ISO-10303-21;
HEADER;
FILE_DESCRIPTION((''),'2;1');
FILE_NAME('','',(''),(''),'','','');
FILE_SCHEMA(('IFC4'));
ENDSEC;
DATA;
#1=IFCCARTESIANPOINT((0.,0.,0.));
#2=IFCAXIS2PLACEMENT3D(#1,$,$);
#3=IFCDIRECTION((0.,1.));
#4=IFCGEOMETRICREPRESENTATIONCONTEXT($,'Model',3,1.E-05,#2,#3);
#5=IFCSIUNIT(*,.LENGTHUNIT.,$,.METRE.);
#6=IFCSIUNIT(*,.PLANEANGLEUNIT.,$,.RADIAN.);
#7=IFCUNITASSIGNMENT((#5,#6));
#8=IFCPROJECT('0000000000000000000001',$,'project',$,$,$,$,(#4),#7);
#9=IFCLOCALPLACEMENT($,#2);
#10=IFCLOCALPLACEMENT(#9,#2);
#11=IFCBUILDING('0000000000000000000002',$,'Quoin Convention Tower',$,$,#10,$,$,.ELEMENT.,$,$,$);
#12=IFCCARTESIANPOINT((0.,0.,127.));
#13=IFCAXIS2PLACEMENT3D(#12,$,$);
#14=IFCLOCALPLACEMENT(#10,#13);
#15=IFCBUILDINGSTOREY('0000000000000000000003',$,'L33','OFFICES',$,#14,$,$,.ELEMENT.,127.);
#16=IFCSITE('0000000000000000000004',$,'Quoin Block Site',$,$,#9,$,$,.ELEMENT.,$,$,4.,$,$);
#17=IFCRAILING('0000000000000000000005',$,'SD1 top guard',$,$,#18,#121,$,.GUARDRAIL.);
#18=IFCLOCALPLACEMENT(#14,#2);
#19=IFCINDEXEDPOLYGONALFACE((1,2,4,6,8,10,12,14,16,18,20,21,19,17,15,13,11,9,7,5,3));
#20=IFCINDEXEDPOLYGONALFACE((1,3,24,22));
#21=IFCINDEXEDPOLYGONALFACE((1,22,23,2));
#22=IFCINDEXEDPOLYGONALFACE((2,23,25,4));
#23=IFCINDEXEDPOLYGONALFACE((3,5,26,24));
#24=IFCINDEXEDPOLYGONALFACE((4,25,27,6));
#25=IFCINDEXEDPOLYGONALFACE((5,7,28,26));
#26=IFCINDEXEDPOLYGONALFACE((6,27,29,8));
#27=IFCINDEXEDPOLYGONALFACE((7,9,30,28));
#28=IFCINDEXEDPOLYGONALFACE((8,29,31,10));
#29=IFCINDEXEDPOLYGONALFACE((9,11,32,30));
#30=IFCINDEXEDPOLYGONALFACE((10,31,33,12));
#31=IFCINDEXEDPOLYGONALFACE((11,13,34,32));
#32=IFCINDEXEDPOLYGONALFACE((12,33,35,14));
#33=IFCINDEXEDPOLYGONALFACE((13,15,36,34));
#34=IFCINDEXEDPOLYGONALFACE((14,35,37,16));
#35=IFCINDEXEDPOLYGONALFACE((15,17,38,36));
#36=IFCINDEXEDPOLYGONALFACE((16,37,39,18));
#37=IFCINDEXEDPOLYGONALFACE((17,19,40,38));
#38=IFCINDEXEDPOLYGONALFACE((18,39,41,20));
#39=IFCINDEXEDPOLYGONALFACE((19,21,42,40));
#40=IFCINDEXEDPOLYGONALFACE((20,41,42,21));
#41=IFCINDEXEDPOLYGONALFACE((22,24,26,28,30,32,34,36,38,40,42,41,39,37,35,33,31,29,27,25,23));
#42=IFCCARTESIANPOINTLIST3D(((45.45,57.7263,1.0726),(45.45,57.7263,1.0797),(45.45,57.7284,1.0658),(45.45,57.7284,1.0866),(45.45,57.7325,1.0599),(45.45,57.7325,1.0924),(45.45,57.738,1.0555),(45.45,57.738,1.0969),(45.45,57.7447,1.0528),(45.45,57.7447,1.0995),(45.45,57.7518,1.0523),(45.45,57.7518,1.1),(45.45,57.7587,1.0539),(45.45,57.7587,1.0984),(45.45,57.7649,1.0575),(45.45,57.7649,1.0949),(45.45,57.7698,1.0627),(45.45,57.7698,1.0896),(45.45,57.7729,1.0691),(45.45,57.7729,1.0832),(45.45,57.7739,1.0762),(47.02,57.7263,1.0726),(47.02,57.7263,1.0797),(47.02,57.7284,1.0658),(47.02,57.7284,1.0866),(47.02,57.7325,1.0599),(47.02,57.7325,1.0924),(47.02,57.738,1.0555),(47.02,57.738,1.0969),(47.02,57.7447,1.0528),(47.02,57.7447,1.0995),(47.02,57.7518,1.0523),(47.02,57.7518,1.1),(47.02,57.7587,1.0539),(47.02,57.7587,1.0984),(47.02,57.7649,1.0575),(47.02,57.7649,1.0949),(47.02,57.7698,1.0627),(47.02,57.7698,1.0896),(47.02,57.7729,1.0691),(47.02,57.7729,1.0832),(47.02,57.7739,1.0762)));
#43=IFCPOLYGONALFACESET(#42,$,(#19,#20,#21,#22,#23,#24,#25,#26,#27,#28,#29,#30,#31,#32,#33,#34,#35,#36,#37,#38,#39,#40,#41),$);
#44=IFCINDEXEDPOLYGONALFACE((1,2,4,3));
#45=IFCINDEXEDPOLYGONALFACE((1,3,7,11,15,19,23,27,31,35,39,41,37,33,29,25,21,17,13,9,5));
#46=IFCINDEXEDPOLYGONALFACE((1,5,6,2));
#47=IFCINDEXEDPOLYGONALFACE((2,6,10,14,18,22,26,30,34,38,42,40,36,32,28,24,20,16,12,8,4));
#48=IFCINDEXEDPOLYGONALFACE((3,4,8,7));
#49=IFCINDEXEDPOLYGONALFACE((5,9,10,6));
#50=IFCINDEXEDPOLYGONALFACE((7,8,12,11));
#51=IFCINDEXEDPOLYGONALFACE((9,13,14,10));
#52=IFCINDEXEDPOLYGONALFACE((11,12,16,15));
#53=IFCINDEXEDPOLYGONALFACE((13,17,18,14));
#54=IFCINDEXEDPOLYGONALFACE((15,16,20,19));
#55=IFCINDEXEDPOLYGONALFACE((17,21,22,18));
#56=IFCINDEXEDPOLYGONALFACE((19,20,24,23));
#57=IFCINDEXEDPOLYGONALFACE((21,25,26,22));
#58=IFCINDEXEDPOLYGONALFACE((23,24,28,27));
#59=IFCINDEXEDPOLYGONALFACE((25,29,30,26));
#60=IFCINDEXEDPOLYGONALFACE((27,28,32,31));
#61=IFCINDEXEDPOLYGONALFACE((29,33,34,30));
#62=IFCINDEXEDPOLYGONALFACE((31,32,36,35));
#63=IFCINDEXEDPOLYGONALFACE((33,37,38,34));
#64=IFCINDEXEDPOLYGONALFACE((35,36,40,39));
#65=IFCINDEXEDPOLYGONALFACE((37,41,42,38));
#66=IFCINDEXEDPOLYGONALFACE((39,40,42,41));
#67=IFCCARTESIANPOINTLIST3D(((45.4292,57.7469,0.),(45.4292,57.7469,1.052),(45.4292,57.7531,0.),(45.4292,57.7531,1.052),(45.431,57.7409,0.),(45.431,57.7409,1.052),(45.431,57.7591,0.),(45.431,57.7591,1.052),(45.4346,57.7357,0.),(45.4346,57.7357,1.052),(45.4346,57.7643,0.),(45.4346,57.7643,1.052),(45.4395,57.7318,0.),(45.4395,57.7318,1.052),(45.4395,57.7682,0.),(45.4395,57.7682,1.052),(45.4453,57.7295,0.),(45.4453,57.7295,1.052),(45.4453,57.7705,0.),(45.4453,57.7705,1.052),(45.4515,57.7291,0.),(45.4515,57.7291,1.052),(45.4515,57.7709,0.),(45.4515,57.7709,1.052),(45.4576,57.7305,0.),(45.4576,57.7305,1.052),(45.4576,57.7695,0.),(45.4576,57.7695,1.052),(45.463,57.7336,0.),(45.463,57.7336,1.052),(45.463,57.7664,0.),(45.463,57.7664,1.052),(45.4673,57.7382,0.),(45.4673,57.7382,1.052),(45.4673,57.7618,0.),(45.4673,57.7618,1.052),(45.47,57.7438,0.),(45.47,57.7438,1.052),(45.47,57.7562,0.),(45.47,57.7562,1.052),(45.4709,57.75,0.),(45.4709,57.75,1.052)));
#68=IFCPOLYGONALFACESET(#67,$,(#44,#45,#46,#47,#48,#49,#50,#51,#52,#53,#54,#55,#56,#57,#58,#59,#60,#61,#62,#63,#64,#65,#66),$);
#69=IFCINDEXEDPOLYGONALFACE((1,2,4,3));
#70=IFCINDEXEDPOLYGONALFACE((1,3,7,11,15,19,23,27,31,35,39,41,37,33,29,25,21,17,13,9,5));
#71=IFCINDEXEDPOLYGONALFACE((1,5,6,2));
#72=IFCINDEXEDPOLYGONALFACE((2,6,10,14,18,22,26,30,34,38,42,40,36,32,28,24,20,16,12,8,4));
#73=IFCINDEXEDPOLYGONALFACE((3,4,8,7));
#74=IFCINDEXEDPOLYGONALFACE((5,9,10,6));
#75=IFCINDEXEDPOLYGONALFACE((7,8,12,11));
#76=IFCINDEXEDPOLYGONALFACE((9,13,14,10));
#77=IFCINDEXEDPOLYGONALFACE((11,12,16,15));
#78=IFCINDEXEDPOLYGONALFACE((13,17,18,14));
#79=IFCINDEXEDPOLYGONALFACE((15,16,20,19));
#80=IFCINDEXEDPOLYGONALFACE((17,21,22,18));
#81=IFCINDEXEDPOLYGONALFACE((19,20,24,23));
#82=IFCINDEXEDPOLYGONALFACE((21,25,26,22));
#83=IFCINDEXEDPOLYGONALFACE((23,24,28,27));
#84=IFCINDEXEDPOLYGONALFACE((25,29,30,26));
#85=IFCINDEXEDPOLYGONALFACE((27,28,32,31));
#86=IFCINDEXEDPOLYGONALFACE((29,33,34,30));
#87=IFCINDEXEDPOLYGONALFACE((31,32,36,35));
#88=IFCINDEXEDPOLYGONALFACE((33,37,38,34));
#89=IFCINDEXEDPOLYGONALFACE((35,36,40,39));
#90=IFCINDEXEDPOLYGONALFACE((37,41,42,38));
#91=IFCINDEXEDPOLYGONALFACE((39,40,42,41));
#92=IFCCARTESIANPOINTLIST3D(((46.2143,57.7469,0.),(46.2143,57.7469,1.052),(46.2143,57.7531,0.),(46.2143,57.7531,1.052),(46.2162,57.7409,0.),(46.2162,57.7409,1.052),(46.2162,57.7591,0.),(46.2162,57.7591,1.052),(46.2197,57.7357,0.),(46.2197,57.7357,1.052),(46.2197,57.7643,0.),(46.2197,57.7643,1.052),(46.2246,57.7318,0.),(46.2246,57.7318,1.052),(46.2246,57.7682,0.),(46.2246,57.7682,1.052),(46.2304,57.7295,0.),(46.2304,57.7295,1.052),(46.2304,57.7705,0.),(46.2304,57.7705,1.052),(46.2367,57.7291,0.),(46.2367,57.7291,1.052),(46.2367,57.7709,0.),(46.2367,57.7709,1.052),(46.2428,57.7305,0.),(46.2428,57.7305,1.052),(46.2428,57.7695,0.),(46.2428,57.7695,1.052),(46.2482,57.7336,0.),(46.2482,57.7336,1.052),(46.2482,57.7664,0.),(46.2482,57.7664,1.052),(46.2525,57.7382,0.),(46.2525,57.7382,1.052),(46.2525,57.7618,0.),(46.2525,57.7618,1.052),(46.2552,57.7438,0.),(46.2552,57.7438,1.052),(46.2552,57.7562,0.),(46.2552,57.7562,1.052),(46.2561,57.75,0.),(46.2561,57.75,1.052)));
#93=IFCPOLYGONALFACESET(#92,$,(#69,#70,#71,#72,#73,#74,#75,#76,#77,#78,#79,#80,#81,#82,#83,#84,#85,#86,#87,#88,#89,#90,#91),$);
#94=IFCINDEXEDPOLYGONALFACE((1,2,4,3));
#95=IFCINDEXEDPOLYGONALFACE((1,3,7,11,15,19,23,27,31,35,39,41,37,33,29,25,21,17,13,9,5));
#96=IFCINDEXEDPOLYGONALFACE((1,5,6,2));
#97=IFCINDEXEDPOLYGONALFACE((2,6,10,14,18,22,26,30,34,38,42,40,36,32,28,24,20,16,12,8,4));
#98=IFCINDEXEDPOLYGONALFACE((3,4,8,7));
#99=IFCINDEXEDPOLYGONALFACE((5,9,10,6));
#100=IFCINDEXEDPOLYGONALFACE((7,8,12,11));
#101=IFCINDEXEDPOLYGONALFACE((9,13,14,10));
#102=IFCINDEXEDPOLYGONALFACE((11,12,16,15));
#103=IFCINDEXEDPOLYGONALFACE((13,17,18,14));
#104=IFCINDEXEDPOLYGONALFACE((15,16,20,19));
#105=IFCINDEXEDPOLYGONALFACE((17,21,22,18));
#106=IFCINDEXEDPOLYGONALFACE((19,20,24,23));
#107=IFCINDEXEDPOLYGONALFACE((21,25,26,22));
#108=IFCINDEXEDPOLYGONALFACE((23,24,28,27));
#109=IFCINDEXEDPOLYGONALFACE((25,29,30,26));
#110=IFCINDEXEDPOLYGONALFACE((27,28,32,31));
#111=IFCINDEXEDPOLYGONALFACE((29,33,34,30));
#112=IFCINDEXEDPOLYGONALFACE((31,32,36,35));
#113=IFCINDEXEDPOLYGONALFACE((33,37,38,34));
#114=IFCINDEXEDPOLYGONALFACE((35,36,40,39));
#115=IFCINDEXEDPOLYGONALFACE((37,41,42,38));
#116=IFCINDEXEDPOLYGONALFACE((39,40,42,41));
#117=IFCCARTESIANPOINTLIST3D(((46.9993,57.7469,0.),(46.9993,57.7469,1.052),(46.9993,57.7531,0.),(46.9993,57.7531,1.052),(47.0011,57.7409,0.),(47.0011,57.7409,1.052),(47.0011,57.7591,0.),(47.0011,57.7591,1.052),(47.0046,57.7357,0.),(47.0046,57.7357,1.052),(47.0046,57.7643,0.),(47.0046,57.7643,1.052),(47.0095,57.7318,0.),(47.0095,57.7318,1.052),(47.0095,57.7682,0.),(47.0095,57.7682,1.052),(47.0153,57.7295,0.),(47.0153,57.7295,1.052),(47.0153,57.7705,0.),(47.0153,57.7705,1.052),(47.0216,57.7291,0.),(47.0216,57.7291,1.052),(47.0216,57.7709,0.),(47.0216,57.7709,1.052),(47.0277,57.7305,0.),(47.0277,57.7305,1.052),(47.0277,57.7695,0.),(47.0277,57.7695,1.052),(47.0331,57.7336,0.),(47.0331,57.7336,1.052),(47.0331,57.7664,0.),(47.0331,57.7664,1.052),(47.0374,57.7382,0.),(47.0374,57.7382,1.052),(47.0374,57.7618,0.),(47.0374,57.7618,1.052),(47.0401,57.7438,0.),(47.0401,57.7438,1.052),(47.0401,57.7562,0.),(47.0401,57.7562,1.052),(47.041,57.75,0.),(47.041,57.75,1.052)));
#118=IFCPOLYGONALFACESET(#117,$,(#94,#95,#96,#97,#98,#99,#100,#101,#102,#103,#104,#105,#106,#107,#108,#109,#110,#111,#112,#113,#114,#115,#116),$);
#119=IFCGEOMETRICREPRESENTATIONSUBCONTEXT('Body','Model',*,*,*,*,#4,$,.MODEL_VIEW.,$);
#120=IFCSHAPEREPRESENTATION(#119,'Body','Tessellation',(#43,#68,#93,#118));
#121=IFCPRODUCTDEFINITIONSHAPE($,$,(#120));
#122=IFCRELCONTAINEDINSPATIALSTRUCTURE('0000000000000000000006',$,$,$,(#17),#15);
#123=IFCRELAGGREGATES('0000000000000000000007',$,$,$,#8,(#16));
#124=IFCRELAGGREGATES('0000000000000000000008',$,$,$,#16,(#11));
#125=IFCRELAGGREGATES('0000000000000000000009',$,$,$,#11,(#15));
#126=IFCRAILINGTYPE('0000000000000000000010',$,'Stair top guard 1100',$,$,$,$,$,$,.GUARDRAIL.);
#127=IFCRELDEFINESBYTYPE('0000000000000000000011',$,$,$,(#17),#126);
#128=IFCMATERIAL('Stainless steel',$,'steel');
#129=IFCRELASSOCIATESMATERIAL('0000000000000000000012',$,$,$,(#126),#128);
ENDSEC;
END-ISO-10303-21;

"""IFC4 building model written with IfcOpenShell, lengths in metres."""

from ifc_helpers import new_model, si_unit, direction, frame, origin, origin_2d, place, context, subcontext, project, spatial, circle, extrude, material, type_object, element, save


model = new_model("IFC4")

# Units and contexts
model_context = context("Model", 3, precision=1e-05, world=origin(), true_north=direction((0.0, 1.0)))
body_context = subcontext(model_context, "Body", "Model", "MODEL_VIEW")
ifc_project = project(units=[si_unit("LENGTHUNIT", "METRE"), si_unit("PLANEANGLEUNIT", "RADIAN")], contexts=[model_context])

# Site, building, storey
site_placement = place(None, origin())
site = spatial("IfcSite", under=ifc_project, at=site_placement, Name="Quoin Block Site", CompositionType="ELEMENT", RefElevation=4.0)
building_placement = place(site_placement, origin())
building = spatial("IfcBuilding", under=site, at=building_placement, Name="Quoin Convention Tower", CompositionType="ELEMENT")
storey_placement = place(building_placement, frame((0.0, 0.0, 127.0)))
storey = spatial("IfcBuildingStorey", under=building, at=storey_placement, Name="L33", Description="OFFICES", CompositionType="ELEMENT", Elevation=127.0)

# Railing
ifc_material_1 = material(Name="Stainless steel", Category="steel")
railing_type_1 = type_object("IfcRailingType", Name="Stair top guard 1100", PredefinedType="GUARDRAIL", material=ifc_material_1)
railing_1_placement = place(storey_placement, frame((45.45, 57.75, 0.0)))
element("IfcRailing", 1, at=railing_1_placement, inside=storey, type_object=railing_type_1, Name="SD1 top guard", PredefinedType="GUARDRAIL", context=body_context, shape_type="SweptSolid", body=[
    extrude(circle(Radius=0.0239, at=origin_2d()), frame((0.0, 0.0, 1.0762), z_axis=(1.0, 0.0, 0.0), x_axis=(0.0, 1.0, 0.0)), (0.0, 0.0, 1.0), 1.5701),
    extrude(circle(Radius=0.021, at=origin_2d()), origin(), (0.0, 0.0, 1.0), 1.052),
    extrude(circle(Radius=0.021, at=origin_2d()), frame((0.7852, 0.0, 0.0)), (0.0, 0.0, 1.0), 1.052),
    extrude(circle(Radius=0.021, at=origin_2d()), frame((1.5701, 0.0, 0.0)), (0.0, 0.0, 1.0), 1.052),
])

save(model, "model.ifc")
